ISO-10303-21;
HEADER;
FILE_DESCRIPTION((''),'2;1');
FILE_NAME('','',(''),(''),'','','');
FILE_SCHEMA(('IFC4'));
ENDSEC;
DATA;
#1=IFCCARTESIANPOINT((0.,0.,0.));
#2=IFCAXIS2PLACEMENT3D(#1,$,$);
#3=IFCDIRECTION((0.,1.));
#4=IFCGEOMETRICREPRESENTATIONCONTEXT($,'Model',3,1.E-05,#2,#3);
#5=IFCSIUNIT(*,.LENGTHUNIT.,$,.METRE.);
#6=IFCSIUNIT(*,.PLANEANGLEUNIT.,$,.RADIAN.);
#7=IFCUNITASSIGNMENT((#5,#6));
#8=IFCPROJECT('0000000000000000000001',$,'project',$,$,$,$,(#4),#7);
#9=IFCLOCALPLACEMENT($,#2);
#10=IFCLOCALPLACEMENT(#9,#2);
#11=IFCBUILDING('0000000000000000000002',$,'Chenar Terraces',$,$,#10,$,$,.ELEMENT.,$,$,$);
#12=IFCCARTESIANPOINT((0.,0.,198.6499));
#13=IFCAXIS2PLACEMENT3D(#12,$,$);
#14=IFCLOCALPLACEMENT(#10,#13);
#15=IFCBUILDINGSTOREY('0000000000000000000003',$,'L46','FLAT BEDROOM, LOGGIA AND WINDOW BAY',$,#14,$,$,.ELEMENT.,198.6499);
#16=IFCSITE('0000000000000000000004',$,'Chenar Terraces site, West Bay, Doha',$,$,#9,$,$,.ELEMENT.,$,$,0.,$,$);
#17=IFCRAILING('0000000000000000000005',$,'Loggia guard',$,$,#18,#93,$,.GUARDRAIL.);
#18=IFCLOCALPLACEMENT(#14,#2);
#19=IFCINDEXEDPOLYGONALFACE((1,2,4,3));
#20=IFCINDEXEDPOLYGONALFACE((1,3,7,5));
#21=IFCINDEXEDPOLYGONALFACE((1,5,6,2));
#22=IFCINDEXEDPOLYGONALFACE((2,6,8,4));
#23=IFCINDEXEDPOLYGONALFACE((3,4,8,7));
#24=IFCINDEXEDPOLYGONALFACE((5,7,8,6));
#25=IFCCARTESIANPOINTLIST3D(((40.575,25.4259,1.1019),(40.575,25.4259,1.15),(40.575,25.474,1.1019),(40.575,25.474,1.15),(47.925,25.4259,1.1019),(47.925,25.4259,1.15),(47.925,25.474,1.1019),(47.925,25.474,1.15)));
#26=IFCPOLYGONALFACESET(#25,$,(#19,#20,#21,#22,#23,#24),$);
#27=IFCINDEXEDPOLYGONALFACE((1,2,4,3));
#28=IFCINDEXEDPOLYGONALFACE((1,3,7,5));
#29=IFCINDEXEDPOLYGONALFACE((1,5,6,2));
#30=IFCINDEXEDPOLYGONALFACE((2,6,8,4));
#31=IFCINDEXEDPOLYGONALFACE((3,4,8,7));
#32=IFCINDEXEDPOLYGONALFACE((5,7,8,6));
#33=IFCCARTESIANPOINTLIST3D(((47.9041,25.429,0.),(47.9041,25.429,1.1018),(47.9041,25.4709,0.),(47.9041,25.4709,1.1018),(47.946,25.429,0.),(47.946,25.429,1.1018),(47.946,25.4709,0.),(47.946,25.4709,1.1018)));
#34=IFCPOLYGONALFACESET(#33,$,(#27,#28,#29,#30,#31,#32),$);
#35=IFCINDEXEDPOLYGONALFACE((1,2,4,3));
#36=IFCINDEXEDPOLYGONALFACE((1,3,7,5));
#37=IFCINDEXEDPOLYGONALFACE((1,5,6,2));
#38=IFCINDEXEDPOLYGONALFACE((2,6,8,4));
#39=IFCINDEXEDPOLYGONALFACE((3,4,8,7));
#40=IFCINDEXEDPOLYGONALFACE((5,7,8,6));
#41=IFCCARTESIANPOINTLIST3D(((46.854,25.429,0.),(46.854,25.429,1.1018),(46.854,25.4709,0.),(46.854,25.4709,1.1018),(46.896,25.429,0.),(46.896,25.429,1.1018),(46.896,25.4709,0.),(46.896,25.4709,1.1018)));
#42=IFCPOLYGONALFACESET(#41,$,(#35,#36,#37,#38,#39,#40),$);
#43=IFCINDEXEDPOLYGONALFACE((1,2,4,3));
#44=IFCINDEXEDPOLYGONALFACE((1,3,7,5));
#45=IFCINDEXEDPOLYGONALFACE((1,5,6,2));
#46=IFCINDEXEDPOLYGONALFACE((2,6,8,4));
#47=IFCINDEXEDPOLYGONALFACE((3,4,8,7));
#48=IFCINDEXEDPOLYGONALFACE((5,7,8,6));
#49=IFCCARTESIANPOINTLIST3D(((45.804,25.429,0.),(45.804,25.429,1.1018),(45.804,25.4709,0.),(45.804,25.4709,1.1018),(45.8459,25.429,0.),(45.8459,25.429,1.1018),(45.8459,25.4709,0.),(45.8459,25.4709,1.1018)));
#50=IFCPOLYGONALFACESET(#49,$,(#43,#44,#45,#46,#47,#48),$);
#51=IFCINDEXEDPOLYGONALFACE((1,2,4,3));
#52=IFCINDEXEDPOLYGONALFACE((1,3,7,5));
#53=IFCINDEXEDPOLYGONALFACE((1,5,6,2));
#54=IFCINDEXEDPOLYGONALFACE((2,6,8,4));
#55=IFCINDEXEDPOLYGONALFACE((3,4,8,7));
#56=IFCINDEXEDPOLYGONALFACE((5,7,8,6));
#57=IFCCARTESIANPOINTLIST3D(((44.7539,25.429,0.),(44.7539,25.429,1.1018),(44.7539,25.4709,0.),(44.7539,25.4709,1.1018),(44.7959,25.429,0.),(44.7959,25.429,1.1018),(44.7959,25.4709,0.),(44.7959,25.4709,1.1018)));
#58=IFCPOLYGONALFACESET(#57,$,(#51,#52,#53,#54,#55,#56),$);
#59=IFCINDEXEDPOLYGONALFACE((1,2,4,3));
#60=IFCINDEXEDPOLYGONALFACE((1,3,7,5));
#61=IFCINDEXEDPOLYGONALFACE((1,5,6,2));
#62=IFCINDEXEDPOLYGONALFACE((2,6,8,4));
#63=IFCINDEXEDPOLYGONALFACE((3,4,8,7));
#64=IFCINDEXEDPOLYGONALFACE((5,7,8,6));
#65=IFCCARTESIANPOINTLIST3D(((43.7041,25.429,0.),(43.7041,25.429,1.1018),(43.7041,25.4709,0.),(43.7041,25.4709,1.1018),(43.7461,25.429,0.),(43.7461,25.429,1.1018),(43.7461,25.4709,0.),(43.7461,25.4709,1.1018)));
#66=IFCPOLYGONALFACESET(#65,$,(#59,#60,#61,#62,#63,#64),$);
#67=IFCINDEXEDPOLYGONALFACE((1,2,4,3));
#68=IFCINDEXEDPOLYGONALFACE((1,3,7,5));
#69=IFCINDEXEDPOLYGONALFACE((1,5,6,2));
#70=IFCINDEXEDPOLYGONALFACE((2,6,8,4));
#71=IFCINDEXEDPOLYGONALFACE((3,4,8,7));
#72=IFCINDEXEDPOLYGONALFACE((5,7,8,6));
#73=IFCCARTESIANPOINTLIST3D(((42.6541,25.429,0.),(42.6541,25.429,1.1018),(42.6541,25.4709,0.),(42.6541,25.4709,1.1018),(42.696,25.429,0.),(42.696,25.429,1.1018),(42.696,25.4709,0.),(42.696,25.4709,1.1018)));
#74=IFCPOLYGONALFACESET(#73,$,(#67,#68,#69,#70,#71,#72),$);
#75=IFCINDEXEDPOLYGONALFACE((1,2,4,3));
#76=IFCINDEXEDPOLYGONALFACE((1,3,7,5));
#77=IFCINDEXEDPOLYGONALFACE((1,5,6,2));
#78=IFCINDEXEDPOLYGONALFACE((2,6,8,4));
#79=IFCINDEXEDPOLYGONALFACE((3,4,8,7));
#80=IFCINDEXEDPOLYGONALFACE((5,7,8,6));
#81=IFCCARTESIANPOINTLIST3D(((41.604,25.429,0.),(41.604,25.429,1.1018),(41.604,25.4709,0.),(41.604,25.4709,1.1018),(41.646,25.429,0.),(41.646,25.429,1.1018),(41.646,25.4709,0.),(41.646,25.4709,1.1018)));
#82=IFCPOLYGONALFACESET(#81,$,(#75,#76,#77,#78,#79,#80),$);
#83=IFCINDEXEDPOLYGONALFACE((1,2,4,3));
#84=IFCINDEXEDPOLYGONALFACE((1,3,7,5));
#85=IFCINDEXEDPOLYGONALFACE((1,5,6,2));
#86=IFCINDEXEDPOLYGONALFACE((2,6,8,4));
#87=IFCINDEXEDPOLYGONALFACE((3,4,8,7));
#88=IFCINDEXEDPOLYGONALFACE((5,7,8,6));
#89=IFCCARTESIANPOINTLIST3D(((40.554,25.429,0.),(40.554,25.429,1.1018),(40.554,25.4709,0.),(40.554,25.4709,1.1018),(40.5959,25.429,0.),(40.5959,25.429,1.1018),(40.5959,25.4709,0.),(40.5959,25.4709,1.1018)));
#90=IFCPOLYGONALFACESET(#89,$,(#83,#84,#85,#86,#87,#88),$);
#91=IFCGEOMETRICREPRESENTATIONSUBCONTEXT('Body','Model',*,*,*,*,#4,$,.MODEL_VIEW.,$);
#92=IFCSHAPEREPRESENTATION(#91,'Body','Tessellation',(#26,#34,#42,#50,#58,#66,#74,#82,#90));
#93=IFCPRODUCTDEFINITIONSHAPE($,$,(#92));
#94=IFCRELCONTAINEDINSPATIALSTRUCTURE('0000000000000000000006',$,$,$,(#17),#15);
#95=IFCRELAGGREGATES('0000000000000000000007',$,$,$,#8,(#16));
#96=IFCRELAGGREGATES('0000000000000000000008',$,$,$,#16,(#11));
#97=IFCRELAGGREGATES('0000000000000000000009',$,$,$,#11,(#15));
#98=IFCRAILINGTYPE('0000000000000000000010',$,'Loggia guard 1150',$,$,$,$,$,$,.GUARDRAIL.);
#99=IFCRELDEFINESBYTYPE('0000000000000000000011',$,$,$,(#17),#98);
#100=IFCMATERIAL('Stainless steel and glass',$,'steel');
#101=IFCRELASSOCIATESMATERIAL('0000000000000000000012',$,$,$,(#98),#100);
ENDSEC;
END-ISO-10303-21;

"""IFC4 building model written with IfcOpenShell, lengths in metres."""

from ifc_helpers import new_model, si_unit, direction, frame, origin, origin_2d, place, context, subcontext, project, spatial, rectangle, extrude, material, type_object, element, save


model = new_model("IFC4")

# Units and contexts
model_context = context("Model", 3, precision=1e-05, world=origin(), true_north=direction((0.0, 1.0)))
body_context = subcontext(model_context, "Body", "Model", "MODEL_VIEW")
ifc_project = project(units=[si_unit("LENGTHUNIT", "METRE"), si_unit("PLANEANGLEUNIT", "RADIAN")], contexts=[model_context])

# Site, building, storey
site_placement = place(None, origin())
site = spatial("IfcSite", under=ifc_project, at=site_placement, Name="Chenar Terraces site, West Bay, Doha", CompositionType="ELEMENT", RefElevation=0.0)
building_placement = place(site_placement, origin())
building = spatial("IfcBuilding", under=site, at=building_placement, Name="Chenar Terraces", CompositionType="ELEMENT")
storey_placement = place(building_placement, frame((0.0, 0.0, 198.6499)))
storey = spatial("IfcBuildingStorey", under=building, at=storey_placement, Name="L46", Description="FLAT BEDROOM, LOGGIA AND WINDOW BAY", CompositionType="ELEMENT", Elevation=198.6499)

# Railing
ifc_material_1 = material(Name="Stainless steel and glass", Category="steel")
railing_type_1 = type_object("IfcRailingType", Name="Loggia guard 1150", PredefinedType="GUARDRAIL", material=ifc_material_1)
railing_1_placement = place(storey_placement, frame((47.925, 25.45, 0.0)))
element("IfcRailing", 1, at=railing_1_placement, inside=storey, type_object=railing_type_1, Name="Loggia guard", PredefinedType="GUARDRAIL", context=body_context, shape_type="SweptSolid", body=[
    extrude(rectangle(XDim=0.0481, YDim=0.0481, at=origin_2d()), frame((0.0, 0.0, 1.126), z_axis=(-1.0, 0.0, 0.0), x_axis=(0.0, -1.0, 0.0)), (0.0, 0.0, 1.0), 7.3501),
    extrude(rectangle(XDim=0.042, YDim=0.042, at=origin_2d()), origin(), (0.0, 0.0, 1.0), 1.1018),
    extrude(rectangle(XDim=0.042, YDim=0.042, at=origin_2d()), frame((-1.05, 0.0, 0.0)), (0.0, 0.0, 1.0), 1.1018),
    extrude(rectangle(XDim=0.042, YDim=0.042, at=origin_2d()), frame((-2.1001, 0.0, 0.0)), (0.0, 0.0, 1.0), 1.1018),
    extrude(rectangle(XDim=0.042, YDim=0.042, at=origin_2d()), frame((-3.1501, 0.0, 0.0)), (0.0, 0.0, 1.0), 1.1018),
    extrude(rectangle(XDim=0.042, YDim=0.042, at=origin_2d()), frame((-4.2, 0.0, 0.0)), (0.0, 0.0, 1.0), 1.1018),
    extrude(rectangle(XDim=0.042, YDim=0.042, at=origin_2d()), frame((-5.25, 0.0, 0.0)), (0.0, 0.0, 1.0), 1.1018),
    extrude(rectangle(XDim=0.042, YDim=0.042, at=origin_2d()), frame((-6.3, 0.0, 0.0)), (0.0, 0.0, 1.0), 1.1018),
    extrude(rectangle(XDim=0.042, YDim=0.042, at=origin_2d()), frame((-7.3501, 0.0, 0.0)), (0.0, 0.0, 1.0), 1.1018),
])

save(model, "model.ifc")
